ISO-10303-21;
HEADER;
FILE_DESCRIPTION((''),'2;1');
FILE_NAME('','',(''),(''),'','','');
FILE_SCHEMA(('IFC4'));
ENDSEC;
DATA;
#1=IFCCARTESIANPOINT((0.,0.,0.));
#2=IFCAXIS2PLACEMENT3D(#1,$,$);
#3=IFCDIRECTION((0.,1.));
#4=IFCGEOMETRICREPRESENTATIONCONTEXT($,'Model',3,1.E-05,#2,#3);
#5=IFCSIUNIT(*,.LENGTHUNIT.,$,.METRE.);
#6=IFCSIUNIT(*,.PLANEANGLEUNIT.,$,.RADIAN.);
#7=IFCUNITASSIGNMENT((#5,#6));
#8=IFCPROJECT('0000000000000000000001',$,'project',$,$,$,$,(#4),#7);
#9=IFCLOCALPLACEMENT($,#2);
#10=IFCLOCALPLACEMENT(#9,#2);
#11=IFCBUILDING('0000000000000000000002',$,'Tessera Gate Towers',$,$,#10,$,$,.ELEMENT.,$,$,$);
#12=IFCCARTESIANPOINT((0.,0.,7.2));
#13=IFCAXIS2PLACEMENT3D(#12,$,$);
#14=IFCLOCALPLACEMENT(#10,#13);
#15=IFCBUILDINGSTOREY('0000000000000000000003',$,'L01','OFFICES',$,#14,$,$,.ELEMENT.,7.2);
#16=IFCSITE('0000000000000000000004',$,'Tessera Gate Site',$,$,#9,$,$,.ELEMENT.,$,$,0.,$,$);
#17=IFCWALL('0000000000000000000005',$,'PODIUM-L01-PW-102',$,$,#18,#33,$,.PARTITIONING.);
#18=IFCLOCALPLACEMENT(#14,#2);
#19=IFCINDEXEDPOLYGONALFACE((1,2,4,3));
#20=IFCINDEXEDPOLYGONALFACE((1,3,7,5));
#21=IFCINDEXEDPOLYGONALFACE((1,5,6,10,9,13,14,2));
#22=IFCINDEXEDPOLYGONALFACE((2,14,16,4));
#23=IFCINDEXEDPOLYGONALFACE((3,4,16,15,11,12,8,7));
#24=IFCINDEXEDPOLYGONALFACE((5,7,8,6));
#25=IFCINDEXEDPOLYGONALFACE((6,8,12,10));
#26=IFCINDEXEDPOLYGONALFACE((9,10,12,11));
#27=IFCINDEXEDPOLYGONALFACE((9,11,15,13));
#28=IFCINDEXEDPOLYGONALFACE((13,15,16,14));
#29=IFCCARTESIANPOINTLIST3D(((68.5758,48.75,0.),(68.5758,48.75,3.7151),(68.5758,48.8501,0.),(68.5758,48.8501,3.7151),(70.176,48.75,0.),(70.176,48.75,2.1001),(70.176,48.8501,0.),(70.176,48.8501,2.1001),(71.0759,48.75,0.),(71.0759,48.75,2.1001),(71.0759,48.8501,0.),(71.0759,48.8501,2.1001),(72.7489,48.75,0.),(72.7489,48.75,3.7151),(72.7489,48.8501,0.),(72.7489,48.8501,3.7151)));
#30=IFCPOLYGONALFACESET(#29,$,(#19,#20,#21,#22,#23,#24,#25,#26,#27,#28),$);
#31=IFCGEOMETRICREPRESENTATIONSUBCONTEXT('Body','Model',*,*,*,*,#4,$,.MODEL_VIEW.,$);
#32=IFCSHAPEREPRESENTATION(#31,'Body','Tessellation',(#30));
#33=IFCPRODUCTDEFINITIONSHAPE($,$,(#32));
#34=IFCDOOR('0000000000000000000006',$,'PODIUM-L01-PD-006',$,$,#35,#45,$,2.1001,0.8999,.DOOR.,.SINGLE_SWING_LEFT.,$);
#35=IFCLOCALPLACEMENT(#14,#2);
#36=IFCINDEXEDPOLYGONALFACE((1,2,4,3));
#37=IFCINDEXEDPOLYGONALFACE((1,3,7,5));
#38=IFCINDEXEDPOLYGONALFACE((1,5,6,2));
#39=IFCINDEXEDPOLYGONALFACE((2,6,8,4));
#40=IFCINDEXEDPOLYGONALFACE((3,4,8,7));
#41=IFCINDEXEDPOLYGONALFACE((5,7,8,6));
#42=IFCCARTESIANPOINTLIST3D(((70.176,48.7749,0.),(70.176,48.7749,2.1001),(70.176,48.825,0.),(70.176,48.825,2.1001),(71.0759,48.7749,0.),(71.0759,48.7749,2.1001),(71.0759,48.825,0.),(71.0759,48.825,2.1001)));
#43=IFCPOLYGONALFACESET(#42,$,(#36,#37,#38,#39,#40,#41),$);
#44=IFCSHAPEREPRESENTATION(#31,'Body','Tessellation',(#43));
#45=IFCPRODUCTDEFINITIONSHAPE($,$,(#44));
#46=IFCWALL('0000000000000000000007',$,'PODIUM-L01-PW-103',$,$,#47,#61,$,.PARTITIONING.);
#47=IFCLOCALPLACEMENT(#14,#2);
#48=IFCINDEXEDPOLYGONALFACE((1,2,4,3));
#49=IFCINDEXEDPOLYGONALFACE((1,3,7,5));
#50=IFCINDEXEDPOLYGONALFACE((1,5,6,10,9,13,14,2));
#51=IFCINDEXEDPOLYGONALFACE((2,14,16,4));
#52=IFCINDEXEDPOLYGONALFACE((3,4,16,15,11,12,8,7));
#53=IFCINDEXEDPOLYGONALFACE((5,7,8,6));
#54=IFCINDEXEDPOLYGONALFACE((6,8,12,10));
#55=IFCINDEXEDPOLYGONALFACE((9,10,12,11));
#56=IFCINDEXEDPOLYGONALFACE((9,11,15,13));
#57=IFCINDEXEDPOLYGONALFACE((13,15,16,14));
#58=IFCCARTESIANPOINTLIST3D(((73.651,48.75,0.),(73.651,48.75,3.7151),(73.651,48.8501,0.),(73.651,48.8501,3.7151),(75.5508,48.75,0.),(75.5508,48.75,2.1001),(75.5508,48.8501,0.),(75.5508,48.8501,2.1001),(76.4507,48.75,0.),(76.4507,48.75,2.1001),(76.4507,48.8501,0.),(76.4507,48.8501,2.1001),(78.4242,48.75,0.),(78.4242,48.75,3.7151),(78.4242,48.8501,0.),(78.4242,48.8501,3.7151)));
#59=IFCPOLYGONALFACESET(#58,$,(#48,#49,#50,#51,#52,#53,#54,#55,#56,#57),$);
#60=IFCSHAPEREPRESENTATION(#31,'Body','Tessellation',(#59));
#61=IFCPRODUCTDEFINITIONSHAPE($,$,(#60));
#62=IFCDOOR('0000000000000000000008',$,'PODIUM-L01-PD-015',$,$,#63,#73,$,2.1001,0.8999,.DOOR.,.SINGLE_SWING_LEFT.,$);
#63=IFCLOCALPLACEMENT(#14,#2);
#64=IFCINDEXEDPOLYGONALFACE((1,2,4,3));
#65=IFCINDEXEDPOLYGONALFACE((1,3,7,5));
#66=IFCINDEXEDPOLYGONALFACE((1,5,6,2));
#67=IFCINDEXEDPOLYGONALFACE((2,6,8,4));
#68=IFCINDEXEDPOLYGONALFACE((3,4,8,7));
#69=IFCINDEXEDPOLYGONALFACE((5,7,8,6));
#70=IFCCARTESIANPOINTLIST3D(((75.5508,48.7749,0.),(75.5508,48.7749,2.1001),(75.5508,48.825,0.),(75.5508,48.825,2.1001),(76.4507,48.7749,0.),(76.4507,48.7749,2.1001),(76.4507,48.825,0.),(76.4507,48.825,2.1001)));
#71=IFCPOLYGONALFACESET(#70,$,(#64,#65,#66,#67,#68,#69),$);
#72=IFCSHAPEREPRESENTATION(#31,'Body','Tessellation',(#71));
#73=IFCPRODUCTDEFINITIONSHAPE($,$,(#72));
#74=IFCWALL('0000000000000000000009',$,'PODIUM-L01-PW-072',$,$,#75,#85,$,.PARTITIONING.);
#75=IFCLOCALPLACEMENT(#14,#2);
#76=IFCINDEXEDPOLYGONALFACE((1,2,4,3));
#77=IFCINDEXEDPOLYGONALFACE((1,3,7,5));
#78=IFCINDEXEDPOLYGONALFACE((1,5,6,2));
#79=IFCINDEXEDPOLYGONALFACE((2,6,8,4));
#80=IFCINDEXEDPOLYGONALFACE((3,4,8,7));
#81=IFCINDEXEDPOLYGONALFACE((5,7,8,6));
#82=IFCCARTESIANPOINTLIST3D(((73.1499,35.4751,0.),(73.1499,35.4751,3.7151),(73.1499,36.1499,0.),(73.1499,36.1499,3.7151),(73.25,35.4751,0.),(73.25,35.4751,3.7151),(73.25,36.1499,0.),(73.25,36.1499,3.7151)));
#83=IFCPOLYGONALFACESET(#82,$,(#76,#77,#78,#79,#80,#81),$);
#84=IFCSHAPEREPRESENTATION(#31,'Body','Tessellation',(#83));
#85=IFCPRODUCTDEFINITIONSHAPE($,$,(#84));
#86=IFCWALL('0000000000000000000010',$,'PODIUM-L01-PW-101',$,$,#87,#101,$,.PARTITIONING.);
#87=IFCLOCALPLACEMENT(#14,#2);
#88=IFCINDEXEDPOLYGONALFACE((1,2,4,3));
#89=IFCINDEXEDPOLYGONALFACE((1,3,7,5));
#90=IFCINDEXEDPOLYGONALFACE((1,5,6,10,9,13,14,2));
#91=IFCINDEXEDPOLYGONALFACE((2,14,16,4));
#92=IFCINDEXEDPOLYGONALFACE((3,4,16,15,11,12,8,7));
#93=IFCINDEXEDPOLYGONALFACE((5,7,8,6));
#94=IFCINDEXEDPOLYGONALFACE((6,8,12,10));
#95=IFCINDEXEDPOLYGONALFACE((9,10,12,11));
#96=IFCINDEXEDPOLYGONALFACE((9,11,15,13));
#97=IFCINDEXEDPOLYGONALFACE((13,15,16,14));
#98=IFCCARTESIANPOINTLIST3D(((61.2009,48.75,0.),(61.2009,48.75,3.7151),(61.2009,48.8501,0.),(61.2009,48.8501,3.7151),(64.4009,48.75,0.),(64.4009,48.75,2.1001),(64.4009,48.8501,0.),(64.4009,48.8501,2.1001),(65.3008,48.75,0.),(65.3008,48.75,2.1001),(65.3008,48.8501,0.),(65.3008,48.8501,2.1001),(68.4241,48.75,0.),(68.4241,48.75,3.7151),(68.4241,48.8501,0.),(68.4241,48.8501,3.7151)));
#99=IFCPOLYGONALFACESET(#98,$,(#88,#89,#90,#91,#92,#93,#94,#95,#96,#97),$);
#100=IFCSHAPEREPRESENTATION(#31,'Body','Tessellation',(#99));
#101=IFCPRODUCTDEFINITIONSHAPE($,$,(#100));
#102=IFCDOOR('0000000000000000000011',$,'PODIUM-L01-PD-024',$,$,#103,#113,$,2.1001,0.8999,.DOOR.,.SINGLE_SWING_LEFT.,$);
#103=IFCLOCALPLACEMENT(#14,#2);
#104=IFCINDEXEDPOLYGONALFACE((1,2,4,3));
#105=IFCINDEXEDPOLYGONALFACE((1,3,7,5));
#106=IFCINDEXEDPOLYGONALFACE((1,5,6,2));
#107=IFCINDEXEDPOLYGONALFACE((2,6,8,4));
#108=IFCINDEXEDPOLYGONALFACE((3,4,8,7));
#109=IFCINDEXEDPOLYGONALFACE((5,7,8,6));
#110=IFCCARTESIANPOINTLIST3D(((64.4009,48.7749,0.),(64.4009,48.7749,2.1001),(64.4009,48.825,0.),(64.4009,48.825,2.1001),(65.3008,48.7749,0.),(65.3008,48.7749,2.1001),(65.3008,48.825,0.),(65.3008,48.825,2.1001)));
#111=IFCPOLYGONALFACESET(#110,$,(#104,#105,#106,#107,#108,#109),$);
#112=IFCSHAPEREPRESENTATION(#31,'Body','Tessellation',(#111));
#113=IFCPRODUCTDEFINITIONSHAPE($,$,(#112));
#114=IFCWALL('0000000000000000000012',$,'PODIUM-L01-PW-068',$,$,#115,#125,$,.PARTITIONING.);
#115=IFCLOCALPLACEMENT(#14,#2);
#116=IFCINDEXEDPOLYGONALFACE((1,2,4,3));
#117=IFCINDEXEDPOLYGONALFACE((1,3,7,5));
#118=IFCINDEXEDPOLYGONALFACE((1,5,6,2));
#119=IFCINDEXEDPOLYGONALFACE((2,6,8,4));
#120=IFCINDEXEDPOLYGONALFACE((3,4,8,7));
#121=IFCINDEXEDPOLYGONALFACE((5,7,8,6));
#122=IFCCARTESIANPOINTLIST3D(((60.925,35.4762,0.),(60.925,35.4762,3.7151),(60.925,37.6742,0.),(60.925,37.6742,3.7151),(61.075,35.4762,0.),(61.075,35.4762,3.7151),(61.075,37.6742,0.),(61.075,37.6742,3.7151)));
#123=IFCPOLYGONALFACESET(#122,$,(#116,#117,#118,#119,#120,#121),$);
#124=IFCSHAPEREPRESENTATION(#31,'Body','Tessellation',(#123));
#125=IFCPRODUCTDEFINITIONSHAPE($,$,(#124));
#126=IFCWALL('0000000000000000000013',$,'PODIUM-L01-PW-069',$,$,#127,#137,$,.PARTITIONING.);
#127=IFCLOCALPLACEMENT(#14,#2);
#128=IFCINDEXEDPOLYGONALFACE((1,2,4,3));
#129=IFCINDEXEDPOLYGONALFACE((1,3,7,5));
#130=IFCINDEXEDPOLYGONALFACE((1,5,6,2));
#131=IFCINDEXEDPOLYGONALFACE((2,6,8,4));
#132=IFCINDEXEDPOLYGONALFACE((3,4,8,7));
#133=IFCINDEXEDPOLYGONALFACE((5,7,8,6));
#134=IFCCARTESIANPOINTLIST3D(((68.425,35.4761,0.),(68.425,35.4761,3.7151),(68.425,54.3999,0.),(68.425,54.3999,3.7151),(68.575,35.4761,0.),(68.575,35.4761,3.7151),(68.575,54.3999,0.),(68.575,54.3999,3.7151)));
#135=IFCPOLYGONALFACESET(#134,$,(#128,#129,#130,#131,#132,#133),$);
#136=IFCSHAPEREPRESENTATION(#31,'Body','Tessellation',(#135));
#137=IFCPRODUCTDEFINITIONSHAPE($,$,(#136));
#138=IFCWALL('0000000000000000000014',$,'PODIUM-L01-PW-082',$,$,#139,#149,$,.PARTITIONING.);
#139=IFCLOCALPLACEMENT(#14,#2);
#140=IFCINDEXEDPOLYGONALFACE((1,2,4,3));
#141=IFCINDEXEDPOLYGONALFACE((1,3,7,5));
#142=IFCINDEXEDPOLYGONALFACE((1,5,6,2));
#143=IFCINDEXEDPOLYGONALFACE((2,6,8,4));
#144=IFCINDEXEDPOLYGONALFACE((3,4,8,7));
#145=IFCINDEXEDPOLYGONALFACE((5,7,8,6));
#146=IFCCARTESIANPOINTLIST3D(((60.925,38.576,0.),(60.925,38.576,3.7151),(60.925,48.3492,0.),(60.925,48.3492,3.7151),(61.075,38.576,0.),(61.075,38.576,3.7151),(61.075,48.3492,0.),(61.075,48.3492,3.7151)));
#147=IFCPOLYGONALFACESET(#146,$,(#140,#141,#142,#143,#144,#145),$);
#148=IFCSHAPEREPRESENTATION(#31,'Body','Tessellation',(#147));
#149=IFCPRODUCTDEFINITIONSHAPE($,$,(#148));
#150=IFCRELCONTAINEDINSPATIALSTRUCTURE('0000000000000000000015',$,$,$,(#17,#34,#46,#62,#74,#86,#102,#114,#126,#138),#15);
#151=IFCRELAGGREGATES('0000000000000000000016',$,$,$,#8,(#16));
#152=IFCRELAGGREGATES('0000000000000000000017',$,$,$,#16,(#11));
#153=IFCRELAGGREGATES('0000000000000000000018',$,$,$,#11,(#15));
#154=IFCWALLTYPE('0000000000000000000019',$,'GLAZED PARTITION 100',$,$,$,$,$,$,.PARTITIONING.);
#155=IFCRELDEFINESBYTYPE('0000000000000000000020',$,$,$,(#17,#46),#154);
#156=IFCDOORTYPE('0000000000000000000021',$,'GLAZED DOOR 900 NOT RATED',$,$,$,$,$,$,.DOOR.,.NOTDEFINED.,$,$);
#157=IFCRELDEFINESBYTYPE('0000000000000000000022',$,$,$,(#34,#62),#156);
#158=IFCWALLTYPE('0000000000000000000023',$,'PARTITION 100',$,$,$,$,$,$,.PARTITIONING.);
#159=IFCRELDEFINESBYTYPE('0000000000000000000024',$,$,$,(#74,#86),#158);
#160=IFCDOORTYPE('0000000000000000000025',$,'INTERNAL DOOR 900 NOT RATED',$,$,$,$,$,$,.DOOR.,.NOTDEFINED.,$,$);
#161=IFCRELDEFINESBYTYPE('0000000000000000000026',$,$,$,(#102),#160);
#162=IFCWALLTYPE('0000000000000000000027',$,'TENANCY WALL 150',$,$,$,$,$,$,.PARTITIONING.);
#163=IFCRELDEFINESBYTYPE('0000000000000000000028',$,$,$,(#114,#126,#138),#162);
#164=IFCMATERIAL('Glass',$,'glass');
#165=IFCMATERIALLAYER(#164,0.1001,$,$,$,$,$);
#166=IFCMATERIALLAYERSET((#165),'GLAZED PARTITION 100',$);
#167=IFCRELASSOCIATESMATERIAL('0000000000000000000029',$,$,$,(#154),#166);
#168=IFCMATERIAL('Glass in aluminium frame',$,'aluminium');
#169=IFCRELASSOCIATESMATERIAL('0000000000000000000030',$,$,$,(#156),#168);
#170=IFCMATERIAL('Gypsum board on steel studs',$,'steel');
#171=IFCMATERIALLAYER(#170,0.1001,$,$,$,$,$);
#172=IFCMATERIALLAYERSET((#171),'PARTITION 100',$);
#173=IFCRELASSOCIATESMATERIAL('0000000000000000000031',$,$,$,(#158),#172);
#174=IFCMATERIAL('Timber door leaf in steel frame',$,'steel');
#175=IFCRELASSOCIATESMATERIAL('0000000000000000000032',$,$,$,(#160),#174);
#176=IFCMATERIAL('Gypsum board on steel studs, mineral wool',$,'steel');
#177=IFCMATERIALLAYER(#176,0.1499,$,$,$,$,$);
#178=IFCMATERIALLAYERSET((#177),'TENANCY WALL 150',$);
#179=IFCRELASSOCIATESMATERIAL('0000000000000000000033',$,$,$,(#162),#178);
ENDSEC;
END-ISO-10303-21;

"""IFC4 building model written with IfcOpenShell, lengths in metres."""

from ifc_helpers import new_model, si_unit, direction, frame, frame_2d, origin, place, context, subcontext, project, spatial, rectangle, extrude, source, transform, mapped, material, layer, layer_set, type_object, element, fill, save


model = new_model("IFC4")

# Units and contexts
model_context = context("Model", 3, precision=1e-05, world=origin(), true_north=direction((0.0, 1.0)))
body_context = subcontext(model_context, "Body", "Model", "MODEL_VIEW")
ifc_project = project(units=[si_unit("LENGTHUNIT", "METRE"), si_unit("PLANEANGLEUNIT", "RADIAN")], contexts=[model_context])

# Site, building, storey
site_placement = place(None, origin())
site = spatial("IfcSite", under=ifc_project, at=site_placement, Name="Tessera Gate Site", CompositionType="ELEMENT", RefElevation=0.0)
building_placement = place(site_placement, origin())
building = spatial("IfcBuilding", under=site, at=building_placement, Name="Tessera Gate Towers", CompositionType="ELEMENT")
storey_placement = place(building_placement, frame((0.0, 0.0, 7.2)))
storey = spatial("IfcBuildingStorey", under=building, at=storey_placement, Name="L01", Description="OFFICES", CompositionType="ELEMENT", Elevation=7.2)

# Shared definitions
shared_shape_1 = source(origin(), body_context, "Body", "SweptSolid", [
    extrude(rectangle(XDim=0.8999, YDim=2.1001, at=frame_2d((0.45, 1.05))), frame((0.0, 0.0249, 0.0), z_axis=(0.0, -1.0, 0.0), x_axis=(1.0, 0.0, 0.0)), (0.0, 0.0, 1.0), 0.05),
])

# Walls, openings, doors
ifc_material_1 = material(Name="Glass", Category="glass")
ifc_layer_1 = layer(ifc_material_1, 0.1001)
ifc_layer_set_1 = layer_set([ifc_layer_1], Name="GLAZED PARTITION 100")
wall_type_1 = type_object("IfcWallType", Name="GLAZED PARTITION 100", PredefinedType="PARTITIONING", material=ifc_layer_set_1)
wall_1_placement = place(storey_placement, frame((68.5759, 48.8, 0.0), z_axis=(0.0, 0.0, 1.0), x_axis=(1.0, 0.0, 0.0)))
wall_1 = element("IfcWall", 1, at=wall_1_placement, inside=storey, type_object=wall_type_1, Name="PODIUM-L01-PW-102", PredefinedType="PARTITIONING", context=body_context, shape_type="SweptSolid", body=[
    extrude(rectangle(XDim=4.1731, YDim=0.1001, at=frame_2d((2.0864, 0.0))), origin(), (0.0, 0.0, 1.0), 3.7151),
])
shared_shape_2 = source(origin(), body_context, "Body", "SweptSolid", [
    extrude(rectangle(XDim=0.8999, YDim=2.1001, at=frame_2d((0.45, 1.05))), frame((0.0, 0.0601, 0.0), z_axis=(0.0, -1.0, 0.0), x_axis=(1.0, 0.0, 0.0)), (0.0, 0.0, 1.0), 0.1201),
])
opening_1_placement = place(wall_1_placement, frame((1.6001, 0.0, 0.0)))
opening_1 = element("IfcOpeningElement", 2, at=opening_1_placement, cuts=wall_1, PredefinedType="OPENING", context=body_context, shape_type="MappedRepresentation", body=[
    mapped(shared_shape_2, transform((0.0, 0.0, 0.0), scale=1.0)),
])
ifc_material_2 = material(Name="Glass in aluminium frame", Category="aluminium")
door_type_1 = type_object("IfcDoorType", Name="GLAZED DOOR 900 NOT RATED", OperationType="NOTDEFINED", PredefinedType="DOOR", material=ifc_material_2)
door_1_placement = place(opening_1_placement, origin())
door_1 = element("IfcDoor", 3, at=door_1_placement, inside=storey, type_object=door_type_1, Name="PODIUM-L01-PD-006", OperationType="SINGLE_SWING_LEFT", OverallHeight=2.1001, OverallWidth=0.8999, PredefinedType="DOOR", context=body_context, shape_type="MappedRepresentation", body=[
    mapped(shared_shape_1, transform((0.0, 0.0, 0.0), scale=1.0)),
])
fill(opening_1, door_1)
wall_2_placement = place(storey_placement, frame((73.6509, 48.8, 0.0), z_axis=(0.0, 0.0, 1.0), x_axis=(1.0, 0.0, 0.0)))
wall_2 = element("IfcWall", 4, at=wall_2_placement, inside=storey, type_object=wall_type_1, Name="PODIUM-L01-PW-103", PredefinedType="PARTITIONING", context=body_context, shape_type="SweptSolid", body=[
    extrude(rectangle(XDim=4.7732, YDim=0.1001, at=frame_2d((2.3867, 0.0))), origin(), (0.0, 0.0, 1.0), 3.7151),
])
opening_2_placement = place(wall_2_placement, frame((1.8999, 0.0, 0.0)))
opening_2 = element("IfcOpeningElement", 5, at=opening_2_placement, cuts=wall_2, PredefinedType="OPENING", context=body_context, shape_type="MappedRepresentation", body=[
    mapped(shared_shape_2, transform((0.0, 0.0, 0.0), scale=1.0)),
])
door_2_placement = place(opening_2_placement, origin())
door_2 = element("IfcDoor", 6, at=door_2_placement, inside=storey, type_object=door_type_1, Name="PODIUM-L01-PD-015", OperationType="SINGLE_SWING_LEFT", OverallHeight=2.1001, OverallWidth=0.8999, PredefinedType="DOOR", context=body_context, shape_type="MappedRepresentation", body=[
    mapped(shared_shape_1, transform((0.0, 0.0, 0.0), scale=1.0)),
])
fill(opening_2, door_2)

# Wall
ifc_material_3 = material(Name="Gypsum board on steel studs", Category="steel")
ifc_layer_2 = layer(ifc_material_3, 0.1001)
ifc_layer_set_2 = layer_set([ifc_layer_2], Name="PARTITION 100")
wall_type_2 = type_object("IfcWallType", Name="PARTITION 100", PredefinedType="PARTITIONING", material=ifc_layer_set_2)
wall_3_placement = place(storey_placement, frame((73.2, 36.1499, 0.0), z_axis=(0.0, 0.0, 1.0), x_axis=(0.0, -1.0, 0.0)))
element("IfcWall", 7, at=wall_3_placement, inside=storey, type_object=wall_type_2, Name="PODIUM-L01-PW-072", PredefinedType="PARTITIONING", context=body_context, shape_type="SweptSolid", body=[
    extrude(rectangle(XDim=0.6748, YDim=0.1001, at=frame_2d((0.3374, 0.0))), origin(), (0.0, 0.0, 1.0), 3.7151),
])

# Wall, opening, door
wall_4_placement = place(storey_placement, frame((61.2009, 48.8, 0.0), z_axis=(0.0, 0.0, 1.0), x_axis=(1.0, 0.0, 0.0)))
wall_4 = element("IfcWall", 8, at=wall_4_placement, inside=storey, type_object=wall_type_2, Name="PODIUM-L01-PW-101", PredefinedType="PARTITIONING", context=body_context, shape_type="SweptSolid", body=[
    extrude(rectangle(XDim=7.2231, YDim=0.1001, at=frame_2d((3.6116, 0.0))), origin(), (0.0, 0.0, 1.0), 3.7151),
])
opening_3_placement = place(wall_4_placement, frame((3.2, 0.0, 0.0)))
opening_3 = element("IfcOpeningElement", 9, at=opening_3_placement, cuts=wall_4, PredefinedType="OPENING", context=body_context, shape_type="MappedRepresentation", body=[
    mapped(shared_shape_2, transform((0.0, 0.0, 0.0), scale=1.0)),
])
ifc_material_4 = material(Name="Timber door leaf in steel frame", Category="steel")
door_type_2 = type_object("IfcDoorType", Name="INTERNAL DOOR 900 NOT RATED", OperationType="NOTDEFINED", PredefinedType="DOOR", material=ifc_material_4)
door_3_placement = place(opening_3_placement, origin())
door_3 = element("IfcDoor", 10, at=door_3_placement, inside=storey, type_object=door_type_2, Name="PODIUM-L01-PD-024", OperationType="SINGLE_SWING_LEFT", OverallHeight=2.1001, OverallWidth=0.8999, PredefinedType="DOOR", context=body_context, shape_type="MappedRepresentation", body=[
    mapped(shared_shape_1, transform((0.0, 0.0, 0.0), scale=1.0)),
])
fill(opening_3, door_3)

# Walls
ifc_material_5 = material(Name="Gypsum board on steel studs, mineral wool", Category="steel")
ifc_layer_3 = layer(ifc_material_5, 0.1499)
ifc_layer_set_3 = layer_set([ifc_layer_3], Name="TENANCY WALL 150")
wall_type_3 = type_object("IfcWallType", Name="TENANCY WALL 150", PredefinedType="PARTITIONING", material=ifc_layer_set_3)
wall_5_placement = place(storey_placement, frame((61.0, 35.4761, 0.0), z_axis=(0.0, 0.0, 1.0), x_axis=(0.0, 1.0, 0.0)))
element("IfcWall", 11, at=wall_5_placement, inside=storey, type_object=wall_type_3, Name="PODIUM-L01-PW-068", PredefinedType="PARTITIONING", context=body_context, shape_type="SweptSolid", body=[
    extrude(rectangle(XDim=2.198, YDim=0.1499, at=frame_2d((1.0991, 0.0))), origin(), (0.0, 0.0, 1.0), 3.7151),
])
wall_6_placement = place(storey_placement, frame((68.5, 35.4761, 0.0), z_axis=(0.0, 0.0, 1.0), x_axis=(0.0, 1.0, 0.0)))
element("IfcWall", 12, at=wall_6_placement, inside=storey, type_object=wall_type_3, Name="PODIUM-L01-PW-069", PredefinedType="PARTITIONING", context=body_context, shape_type="SweptSolid", body=[
    extrude(rectangle(XDim=18.9238, YDim=0.1499, at=frame_2d((9.4619, 0.0))), origin(), (0.0, 0.0, 1.0), 3.7151),
])
wall_7_placement = place(storey_placement, frame((61.0, 38.5759, 0.0), z_axis=(0.0, 0.0, 1.0), x_axis=(0.0, 1.0, 0.0)))
element("IfcWall", 13, at=wall_7_placement, inside=storey, type_object=wall_type_3, Name="PODIUM-L01-PW-082", PredefinedType="PARTITIONING", context=body_context, shape_type="SweptSolid", body=[
    extrude(rectangle(XDim=9.7732, YDim=0.1499, at=frame_2d((4.8867, 0.0))), origin(), (0.0, 0.0, 1.0), 3.7151),
])

save(model, "model.ifc")
